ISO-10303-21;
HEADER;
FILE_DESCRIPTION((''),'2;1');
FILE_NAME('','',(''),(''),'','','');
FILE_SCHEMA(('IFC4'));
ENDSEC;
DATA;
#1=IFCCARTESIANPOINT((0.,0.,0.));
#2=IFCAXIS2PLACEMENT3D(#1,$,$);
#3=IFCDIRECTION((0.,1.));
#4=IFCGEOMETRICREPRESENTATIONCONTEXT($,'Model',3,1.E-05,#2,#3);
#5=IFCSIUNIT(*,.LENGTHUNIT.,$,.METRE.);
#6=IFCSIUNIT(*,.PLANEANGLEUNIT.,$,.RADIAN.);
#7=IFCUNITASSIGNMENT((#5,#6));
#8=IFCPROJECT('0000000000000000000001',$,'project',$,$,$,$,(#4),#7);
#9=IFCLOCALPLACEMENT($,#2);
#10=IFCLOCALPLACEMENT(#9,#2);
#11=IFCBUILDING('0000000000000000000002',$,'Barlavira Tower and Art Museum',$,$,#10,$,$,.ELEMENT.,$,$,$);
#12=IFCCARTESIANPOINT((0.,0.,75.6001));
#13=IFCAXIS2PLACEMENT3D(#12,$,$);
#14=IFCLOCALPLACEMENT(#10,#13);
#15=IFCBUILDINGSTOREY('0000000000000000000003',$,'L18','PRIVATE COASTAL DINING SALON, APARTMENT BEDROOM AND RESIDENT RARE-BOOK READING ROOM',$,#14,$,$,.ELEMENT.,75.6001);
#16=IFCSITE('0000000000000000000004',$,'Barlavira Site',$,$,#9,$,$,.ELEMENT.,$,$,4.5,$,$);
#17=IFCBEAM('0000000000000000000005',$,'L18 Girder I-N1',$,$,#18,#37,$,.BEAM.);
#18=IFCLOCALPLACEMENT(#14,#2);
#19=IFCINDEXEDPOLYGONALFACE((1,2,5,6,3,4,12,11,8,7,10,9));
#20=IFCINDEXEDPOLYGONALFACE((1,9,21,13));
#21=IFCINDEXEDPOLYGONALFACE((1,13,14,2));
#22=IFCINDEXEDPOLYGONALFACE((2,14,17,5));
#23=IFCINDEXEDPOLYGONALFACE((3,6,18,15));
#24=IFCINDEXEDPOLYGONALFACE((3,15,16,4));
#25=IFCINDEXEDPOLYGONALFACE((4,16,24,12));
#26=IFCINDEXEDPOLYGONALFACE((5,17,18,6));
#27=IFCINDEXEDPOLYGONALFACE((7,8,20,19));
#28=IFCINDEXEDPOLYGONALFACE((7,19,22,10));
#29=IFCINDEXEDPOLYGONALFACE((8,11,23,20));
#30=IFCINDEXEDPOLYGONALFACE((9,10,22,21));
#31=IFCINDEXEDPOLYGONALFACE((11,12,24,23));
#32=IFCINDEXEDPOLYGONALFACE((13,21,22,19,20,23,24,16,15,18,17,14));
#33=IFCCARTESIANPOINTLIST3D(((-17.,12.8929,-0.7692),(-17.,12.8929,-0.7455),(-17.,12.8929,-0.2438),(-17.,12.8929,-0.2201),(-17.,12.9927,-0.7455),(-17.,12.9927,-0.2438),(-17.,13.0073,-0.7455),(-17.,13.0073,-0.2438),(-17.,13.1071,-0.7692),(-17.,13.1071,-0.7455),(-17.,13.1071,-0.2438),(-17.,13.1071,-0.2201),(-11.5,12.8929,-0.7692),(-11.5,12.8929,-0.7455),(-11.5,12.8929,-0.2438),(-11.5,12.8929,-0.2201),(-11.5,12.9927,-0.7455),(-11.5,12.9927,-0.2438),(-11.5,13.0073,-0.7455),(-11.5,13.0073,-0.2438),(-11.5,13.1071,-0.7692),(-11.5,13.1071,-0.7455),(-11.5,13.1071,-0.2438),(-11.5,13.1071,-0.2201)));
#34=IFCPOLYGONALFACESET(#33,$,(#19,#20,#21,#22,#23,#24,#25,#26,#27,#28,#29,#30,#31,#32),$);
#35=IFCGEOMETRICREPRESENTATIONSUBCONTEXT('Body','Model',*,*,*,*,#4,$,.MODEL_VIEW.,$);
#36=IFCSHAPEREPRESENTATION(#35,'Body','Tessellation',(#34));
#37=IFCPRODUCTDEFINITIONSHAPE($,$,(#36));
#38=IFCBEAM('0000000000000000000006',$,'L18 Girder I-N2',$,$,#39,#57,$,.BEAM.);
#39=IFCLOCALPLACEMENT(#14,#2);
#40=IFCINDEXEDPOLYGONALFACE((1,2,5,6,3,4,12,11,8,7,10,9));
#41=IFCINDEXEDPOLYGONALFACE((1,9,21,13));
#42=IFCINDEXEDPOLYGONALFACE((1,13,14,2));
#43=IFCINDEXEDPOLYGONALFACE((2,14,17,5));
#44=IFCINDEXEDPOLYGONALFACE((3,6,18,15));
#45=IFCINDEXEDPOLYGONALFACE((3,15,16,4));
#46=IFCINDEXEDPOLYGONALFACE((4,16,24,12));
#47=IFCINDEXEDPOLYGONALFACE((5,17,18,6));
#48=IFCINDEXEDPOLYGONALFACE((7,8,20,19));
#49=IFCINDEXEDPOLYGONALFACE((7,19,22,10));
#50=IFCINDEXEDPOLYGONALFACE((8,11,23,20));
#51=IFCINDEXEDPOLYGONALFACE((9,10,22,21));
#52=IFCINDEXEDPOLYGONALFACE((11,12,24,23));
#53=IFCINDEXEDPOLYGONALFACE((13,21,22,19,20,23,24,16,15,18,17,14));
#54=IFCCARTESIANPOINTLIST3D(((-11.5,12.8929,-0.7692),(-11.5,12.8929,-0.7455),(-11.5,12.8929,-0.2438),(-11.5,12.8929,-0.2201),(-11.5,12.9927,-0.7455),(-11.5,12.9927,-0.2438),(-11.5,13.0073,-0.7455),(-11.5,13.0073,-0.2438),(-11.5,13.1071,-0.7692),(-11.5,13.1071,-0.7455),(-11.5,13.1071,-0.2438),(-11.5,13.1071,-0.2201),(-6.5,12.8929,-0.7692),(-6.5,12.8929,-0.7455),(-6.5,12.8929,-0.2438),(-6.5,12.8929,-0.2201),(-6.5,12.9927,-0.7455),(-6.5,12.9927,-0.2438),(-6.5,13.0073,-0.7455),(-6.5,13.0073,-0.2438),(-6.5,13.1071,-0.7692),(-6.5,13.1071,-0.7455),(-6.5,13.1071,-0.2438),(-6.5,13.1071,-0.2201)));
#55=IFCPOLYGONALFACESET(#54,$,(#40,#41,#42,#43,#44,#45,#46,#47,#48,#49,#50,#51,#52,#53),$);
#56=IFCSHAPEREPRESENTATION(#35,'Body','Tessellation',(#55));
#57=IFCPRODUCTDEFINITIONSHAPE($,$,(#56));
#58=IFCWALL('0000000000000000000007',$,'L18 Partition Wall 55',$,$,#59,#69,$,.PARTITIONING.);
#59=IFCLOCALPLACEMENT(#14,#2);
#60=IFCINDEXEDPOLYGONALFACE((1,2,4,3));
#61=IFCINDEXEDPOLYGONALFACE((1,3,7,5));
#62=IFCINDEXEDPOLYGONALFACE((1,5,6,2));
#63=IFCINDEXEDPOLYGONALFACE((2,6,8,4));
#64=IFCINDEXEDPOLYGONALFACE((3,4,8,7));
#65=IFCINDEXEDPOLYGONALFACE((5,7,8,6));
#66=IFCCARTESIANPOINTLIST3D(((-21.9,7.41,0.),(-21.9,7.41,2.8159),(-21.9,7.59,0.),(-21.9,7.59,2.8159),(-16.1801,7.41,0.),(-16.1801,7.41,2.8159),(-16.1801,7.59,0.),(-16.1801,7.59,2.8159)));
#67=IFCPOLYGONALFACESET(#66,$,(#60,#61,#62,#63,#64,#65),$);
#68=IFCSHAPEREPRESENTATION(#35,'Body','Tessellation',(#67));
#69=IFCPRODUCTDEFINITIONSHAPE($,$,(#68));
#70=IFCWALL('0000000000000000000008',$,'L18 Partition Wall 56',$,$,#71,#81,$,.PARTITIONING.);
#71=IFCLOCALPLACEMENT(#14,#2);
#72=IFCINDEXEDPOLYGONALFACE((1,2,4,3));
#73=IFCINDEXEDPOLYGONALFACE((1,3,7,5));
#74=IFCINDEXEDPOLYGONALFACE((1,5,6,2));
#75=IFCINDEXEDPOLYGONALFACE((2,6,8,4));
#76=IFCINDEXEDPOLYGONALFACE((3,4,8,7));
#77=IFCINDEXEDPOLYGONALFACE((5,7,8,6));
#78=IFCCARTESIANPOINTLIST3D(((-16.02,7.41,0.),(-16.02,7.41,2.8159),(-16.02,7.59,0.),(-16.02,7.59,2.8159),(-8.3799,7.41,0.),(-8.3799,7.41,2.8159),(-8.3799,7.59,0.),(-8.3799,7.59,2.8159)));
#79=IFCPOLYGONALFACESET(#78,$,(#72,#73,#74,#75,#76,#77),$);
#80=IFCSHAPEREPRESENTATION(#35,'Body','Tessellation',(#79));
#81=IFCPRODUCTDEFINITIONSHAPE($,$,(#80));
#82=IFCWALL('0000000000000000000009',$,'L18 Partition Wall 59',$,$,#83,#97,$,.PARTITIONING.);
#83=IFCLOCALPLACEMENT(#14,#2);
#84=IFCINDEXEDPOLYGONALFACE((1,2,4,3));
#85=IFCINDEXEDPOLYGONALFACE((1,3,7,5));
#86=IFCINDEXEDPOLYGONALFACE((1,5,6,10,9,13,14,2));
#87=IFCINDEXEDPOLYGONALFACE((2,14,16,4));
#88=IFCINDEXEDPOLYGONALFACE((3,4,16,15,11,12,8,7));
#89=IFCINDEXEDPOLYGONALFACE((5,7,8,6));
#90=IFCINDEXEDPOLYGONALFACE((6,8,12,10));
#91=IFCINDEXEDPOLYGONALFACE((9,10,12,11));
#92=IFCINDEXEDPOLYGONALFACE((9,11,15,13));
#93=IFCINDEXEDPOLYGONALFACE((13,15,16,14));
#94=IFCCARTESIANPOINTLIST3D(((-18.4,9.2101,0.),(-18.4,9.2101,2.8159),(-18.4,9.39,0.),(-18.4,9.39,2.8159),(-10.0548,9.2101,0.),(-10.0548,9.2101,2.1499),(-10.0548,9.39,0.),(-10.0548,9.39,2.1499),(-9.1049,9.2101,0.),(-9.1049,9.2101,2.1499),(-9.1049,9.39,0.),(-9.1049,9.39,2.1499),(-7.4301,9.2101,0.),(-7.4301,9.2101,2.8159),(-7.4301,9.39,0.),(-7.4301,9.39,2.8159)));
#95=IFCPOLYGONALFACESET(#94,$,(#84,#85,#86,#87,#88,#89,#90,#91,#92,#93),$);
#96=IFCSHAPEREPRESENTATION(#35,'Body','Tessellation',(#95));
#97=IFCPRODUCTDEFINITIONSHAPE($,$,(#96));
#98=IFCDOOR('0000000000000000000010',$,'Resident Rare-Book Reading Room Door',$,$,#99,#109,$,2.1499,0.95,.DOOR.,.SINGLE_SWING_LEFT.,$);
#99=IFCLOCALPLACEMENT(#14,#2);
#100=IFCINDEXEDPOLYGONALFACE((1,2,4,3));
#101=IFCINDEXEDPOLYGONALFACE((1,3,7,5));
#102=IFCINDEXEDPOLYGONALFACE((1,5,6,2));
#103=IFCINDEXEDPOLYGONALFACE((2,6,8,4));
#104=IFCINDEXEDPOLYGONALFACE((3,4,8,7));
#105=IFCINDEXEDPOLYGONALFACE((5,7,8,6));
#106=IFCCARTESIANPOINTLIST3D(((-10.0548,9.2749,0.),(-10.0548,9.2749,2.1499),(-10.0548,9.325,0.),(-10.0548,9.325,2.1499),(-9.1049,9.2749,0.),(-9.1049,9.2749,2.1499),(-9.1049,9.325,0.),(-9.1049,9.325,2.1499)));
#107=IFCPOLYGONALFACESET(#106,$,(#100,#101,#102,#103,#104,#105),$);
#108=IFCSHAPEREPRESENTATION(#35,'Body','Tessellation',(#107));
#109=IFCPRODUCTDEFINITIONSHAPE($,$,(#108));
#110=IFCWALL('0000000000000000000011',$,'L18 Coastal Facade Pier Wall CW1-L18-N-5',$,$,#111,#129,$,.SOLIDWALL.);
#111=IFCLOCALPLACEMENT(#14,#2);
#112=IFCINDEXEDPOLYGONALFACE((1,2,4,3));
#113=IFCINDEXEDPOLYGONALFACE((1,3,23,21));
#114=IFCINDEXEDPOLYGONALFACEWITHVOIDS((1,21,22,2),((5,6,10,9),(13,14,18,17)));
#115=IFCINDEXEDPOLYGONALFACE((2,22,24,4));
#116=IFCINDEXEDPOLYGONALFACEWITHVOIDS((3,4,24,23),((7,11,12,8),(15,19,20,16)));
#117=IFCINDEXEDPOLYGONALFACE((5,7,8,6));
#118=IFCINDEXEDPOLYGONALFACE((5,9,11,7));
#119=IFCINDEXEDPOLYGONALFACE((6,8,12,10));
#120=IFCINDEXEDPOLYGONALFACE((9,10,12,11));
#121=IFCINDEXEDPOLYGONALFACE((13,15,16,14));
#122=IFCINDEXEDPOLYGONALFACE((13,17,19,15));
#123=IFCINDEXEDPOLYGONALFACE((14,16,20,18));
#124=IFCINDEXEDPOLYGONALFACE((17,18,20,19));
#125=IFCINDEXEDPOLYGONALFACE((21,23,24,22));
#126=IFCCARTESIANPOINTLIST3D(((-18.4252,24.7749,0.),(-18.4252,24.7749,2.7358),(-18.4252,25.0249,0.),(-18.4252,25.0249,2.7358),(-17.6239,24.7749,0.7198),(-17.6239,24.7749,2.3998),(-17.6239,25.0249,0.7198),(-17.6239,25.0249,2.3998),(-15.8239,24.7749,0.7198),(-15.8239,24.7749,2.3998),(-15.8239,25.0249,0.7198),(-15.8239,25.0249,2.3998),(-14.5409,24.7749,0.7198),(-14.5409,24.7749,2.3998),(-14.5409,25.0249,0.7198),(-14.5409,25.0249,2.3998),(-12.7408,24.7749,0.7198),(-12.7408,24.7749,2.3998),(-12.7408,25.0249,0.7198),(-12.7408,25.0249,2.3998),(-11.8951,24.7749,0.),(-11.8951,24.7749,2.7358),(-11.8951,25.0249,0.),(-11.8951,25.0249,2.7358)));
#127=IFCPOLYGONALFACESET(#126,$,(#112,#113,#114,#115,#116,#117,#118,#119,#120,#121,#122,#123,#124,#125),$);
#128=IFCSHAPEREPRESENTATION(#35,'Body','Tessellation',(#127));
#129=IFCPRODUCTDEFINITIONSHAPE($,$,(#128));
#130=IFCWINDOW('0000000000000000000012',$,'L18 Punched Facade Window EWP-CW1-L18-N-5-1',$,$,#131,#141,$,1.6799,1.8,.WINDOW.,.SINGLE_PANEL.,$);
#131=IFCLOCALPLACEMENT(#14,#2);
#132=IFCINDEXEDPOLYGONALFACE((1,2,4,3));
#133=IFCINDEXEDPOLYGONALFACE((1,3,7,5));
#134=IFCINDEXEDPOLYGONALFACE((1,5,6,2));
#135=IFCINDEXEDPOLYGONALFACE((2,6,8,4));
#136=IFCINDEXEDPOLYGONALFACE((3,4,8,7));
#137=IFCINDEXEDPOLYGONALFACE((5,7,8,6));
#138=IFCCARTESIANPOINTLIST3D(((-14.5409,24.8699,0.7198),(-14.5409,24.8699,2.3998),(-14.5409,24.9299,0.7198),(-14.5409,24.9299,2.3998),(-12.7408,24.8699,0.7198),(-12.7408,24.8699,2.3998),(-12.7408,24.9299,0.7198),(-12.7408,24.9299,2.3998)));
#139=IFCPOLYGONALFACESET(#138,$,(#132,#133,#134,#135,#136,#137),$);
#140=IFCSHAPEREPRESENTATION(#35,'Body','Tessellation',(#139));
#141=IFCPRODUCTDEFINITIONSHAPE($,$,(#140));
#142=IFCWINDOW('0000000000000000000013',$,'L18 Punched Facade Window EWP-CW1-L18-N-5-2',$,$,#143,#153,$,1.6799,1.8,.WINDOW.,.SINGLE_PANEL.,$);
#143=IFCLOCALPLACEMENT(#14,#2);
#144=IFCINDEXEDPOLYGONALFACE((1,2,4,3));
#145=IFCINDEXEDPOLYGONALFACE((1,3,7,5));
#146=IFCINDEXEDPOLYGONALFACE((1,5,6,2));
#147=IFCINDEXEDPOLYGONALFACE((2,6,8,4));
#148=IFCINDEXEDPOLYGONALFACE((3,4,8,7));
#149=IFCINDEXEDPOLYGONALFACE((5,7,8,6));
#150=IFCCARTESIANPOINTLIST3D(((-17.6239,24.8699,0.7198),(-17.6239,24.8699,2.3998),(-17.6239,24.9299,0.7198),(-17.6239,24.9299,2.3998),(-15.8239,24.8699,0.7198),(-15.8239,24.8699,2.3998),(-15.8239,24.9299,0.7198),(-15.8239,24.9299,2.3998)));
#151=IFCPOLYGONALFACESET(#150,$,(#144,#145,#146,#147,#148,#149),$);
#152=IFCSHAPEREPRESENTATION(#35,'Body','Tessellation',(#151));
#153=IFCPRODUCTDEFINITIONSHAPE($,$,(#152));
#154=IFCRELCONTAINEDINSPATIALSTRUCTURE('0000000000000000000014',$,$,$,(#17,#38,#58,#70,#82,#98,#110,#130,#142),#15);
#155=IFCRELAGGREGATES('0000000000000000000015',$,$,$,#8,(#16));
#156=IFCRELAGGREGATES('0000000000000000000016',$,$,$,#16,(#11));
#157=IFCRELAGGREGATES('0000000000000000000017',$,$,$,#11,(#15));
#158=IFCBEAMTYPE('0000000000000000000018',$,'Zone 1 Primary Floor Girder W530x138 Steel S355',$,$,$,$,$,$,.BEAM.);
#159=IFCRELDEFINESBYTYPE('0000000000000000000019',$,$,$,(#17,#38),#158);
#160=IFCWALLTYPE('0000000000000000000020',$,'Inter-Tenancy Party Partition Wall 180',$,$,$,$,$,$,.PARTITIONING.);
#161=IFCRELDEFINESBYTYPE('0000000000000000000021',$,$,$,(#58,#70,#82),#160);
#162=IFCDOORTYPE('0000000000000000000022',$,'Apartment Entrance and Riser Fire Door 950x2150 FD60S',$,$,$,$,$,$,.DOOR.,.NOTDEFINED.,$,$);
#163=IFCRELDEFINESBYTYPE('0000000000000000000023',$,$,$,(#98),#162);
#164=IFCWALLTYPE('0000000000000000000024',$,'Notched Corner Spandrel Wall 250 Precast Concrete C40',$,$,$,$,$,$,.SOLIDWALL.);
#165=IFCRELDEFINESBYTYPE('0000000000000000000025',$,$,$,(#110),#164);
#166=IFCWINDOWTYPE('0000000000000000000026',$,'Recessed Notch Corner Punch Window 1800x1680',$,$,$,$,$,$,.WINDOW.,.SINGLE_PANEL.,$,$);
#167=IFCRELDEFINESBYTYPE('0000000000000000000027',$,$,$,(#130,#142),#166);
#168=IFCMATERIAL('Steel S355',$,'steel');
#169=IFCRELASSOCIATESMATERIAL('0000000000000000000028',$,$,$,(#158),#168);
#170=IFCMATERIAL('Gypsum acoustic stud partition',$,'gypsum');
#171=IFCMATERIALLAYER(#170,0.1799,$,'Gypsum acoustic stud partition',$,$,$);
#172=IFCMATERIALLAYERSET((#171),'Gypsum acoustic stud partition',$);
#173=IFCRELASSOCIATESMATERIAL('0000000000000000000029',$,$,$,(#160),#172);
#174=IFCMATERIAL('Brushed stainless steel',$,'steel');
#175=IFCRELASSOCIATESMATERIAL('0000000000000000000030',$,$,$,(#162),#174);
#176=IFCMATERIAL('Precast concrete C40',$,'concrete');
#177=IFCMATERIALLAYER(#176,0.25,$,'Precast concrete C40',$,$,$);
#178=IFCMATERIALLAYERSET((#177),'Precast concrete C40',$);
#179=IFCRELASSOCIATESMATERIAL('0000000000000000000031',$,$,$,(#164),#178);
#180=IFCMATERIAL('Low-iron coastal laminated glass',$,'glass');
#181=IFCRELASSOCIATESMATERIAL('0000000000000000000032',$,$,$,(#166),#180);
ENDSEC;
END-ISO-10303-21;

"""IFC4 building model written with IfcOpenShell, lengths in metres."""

from ifc_helpers import new_model, si_unit, direction, frame, frame_2d, origin, origin_2d, place, context, subcontext, project, spatial, rectangle, i_section, extrude, material, layer, layer_set, material_profile, profile_set, type_object, element, fill, save


model = new_model("IFC4")

# Units and contexts
model_context = context("Model", 3, precision=1e-05, world=origin(), true_north=direction((0.0, 1.0)))
body_context = subcontext(model_context, "Body", "Model", "MODEL_VIEW")
ifc_project = project(units=[si_unit("LENGTHUNIT", "METRE"), si_unit("PLANEANGLEUNIT", "RADIAN")], contexts=[model_context])

# Site, building, storey
site_placement = place(None, origin())
site = spatial("IfcSite", under=ifc_project, at=site_placement, Name="Barlavira Site", CompositionType="ELEMENT", RefElevation=4.5)
building_placement = place(site_placement, origin())
building = spatial("IfcBuilding", under=site, at=building_placement, Name="Barlavira Tower and Art Museum", CompositionType="ELEMENT")
storey_placement = place(building_placement, frame((0.0, 0.0, 75.6001)))
storey = spatial("IfcBuildingStorey", under=building, at=storey_placement, Name="L18", Description="PRIVATE COASTAL DINING SALON, APARTMENT BEDROOM AND RESIDENT RARE-BOOK READING ROOM", CompositionType="ELEMENT", Elevation=75.6001)

# Beams
ifc_material_1 = material(Name="Steel S355", Category="steel")
ifc_material_profile_1 = material_profile(ifc_material_1, i_section(OverallWidth=0.2141, OverallDepth=0.5491, WebThickness=0.0146, FlangeThickness=0.0237, at=origin_2d()), Name="W530x138.0")
ifc_profile_set_1 = profile_set([ifc_material_profile_1], Name="Steel S355")
beam_type_1 = type_object("IfcBeamType", Name="Zone 1 Primary Floor Girder W530x138 Steel S355", PredefinedType="BEAM", material=ifc_profile_set_1)
beam_1_placement = place(storey_placement, frame((-17.0, 13.0, -0.4946), z_axis=(1.0, 0.0, 0.0), x_axis=(0.0, 1.0, 0.0)))
element("IfcBeam", 1, at=beam_1_placement, inside=storey, type_object=beam_type_1, Name="L18 Girder I-N1", PredefinedType="BEAM", context=body_context, shape_type="SweptSolid", body=[
    extrude(i_section(OverallWidth=0.2141, OverallDepth=0.5491, WebThickness=0.0146, FlangeThickness=0.0237, at=origin_2d()), origin(), (0.0, 0.0, 1.0), 5.5),
])
beam_2_placement = place(storey_placement, frame((-11.5, 13.0, -0.4946), z_axis=(1.0, 0.0, 0.0), x_axis=(0.0, 1.0, 0.0)))
element("IfcBeam", 2, at=beam_2_placement, inside=storey, type_object=beam_type_1, Name="L18 Girder I-N2", PredefinedType="BEAM", context=body_context, shape_type="SweptSolid", body=[
    extrude(i_section(OverallWidth=0.2141, OverallDepth=0.5491, WebThickness=0.0146, FlangeThickness=0.0237, at=origin_2d()), origin(), (0.0, 0.0, 1.0), 5.0),
])

# Walls
ifc_material_2 = material(Name="Gypsum acoustic stud partition", Category="gypsum")
ifc_layer_1 = layer(ifc_material_2, 0.1799, Name="Gypsum acoustic stud partition")
ifc_layer_set_1 = layer_set([ifc_layer_1], Name="Gypsum acoustic stud partition")
wall_type_1 = type_object("IfcWallType", Name="Inter-Tenancy Party Partition Wall 180", PredefinedType="PARTITIONING", material=ifc_layer_set_1)
wall_1_placement = place(storey_placement, frame((-21.8999, 7.5, 0.0), z_axis=(0.0, 0.0, 1.0), x_axis=(1.0, 0.0, 0.0)))
element("IfcWall", 3, at=wall_1_placement, inside=storey, type_object=wall_type_1, Name="L18 Partition Wall 55", PredefinedType="PARTITIONING", context=body_context, shape_type="SweptSolid", body=[
    extrude(rectangle(XDim=5.72, YDim=0.1799, at=frame_2d((2.8599, 0.0))), origin(), (0.0, 0.0, 1.0), 2.8159),
])
wall_2_placement = place(storey_placement, frame((-16.02, 7.5, 0.0), z_axis=(0.0, 0.0, 1.0), x_axis=(1.0, 0.0, 0.0)))
element("IfcWall", 4, at=wall_2_placement, inside=storey, type_object=wall_type_1, Name="L18 Partition Wall 56", PredefinedType="PARTITIONING", context=body_context, shape_type="SweptSolid", body=[
    extrude(rectangle(XDim=7.6401, YDim=0.1799, at=frame_2d((3.8201, 0.0))), origin(), (0.0, 0.0, 1.0), 2.8159),
])

# Wall, opening, door
wall_3_placement = place(storey_placement, frame((-18.3999, 9.3, 0.0), z_axis=(0.0, 0.0, 1.0), x_axis=(1.0, 0.0, 0.0)))
wall_3 = element("IfcWall", 5, at=wall_3_placement, inside=storey, type_object=wall_type_1, Name="L18 Partition Wall 59", PredefinedType="PARTITIONING", context=body_context, shape_type="SweptSolid", body=[
    extrude(rectangle(XDim=10.97, YDim=0.1799, at=frame_2d((5.4849, 0.0))), origin(), (0.0, 0.0, 1.0), 2.8159),
])
opening_1_placement = place(wall_3_placement, frame((8.345, 0.0, 0.0)))
opening_1 = element("IfcOpeningElement", 6, at=opening_1_placement, cuts=wall_3, PredefinedType="OPENING", context=body_context, shape_type="SweptSolid", body=[
    extrude(rectangle(XDim=0.95, YDim=2.1499, at=frame_2d((0.4751, 1.075))), frame((0.0, 0.1001, 0.0), z_axis=(0.0, -1.0, 0.0), x_axis=(1.0, 0.0, 0.0)), (0.0, 0.0, 1.0), 0.2),
])
ifc_material_3 = material(Name="Brushed stainless steel", Category="steel")
door_type = type_object("IfcDoorType", Name="Apartment Entrance and Riser Fire Door 950x2150 FD60S", OperationType="NOTDEFINED", PredefinedType="DOOR", material=ifc_material_3)
door_placement = place(opening_1_placement, origin())
door = element("IfcDoor", 7, at=door_placement, inside=storey, type_object=door_type, Name="Resident Rare-Book Reading Room Door", OperationType="SINGLE_SWING_LEFT", OverallHeight=2.1499, OverallWidth=0.95, PredefinedType="DOOR", context=body_context, shape_type="SweptSolid", body=[
    extrude(rectangle(XDim=0.95, YDim=2.1499, at=frame_2d((0.4751, 1.075))), frame((0.0, 0.0249, 0.0), z_axis=(0.0, -1.0, 0.0), x_axis=(1.0, 0.0, 0.0)), (0.0, 0.0, 1.0), 0.05),
])
fill(opening_1, door)

# Wall, openings, windows
ifc_material_4 = material(Name="Precast concrete C40", Category="concrete")
ifc_layer_2 = layer(ifc_material_4, 0.25, Name="Precast concrete C40")
ifc_layer_set_2 = layer_set([ifc_layer_2], Name="Precast concrete C40")
wall_type_2 = type_object("IfcWallType", Name="Notched Corner Spandrel Wall 250 Precast Concrete C40", PredefinedType="SOLIDWALL", material=ifc_layer_set_2)
wall_4_placement = place(storey_placement, frame((-11.895, 24.8999, 0.0), z_axis=(0.0, 0.0, 1.0), x_axis=(-1.0, 0.0, 0.0)))
wall_4 = element("IfcWall", 8, at=wall_4_placement, inside=storey, type_object=wall_type_2, Name="L18 Coastal Facade Pier Wall CW1-L18-N-5", PredefinedType="SOLIDWALL", context=body_context, shape_type="SweptSolid", body=[
    extrude(rectangle(XDim=6.53, YDim=0.25, at=frame_2d((3.2651, 0.0))), origin(), (0.0, 0.0, 1.0), 2.7358),
])
opening_2_placement = place(wall_4_placement, frame((0.8459, 0.0, 0.72)))
opening_2 = element("IfcOpeningElement", 9, at=opening_2_placement, cuts=wall_4, PredefinedType="OPENING", context=body_context, shape_type="SweptSolid", body=[
    extrude(rectangle(XDim=1.8, YDim=1.6799, at=frame_2d((0.8999, 0.8398))), frame((0.0, 0.135, 0.0), z_axis=(0.0, -1.0, 0.0), x_axis=(1.0, 0.0, 0.0)), (0.0, 0.0, 1.0), 0.27),
])
opening_3_placement = place(wall_4_placement, frame((3.929, 0.0, 0.72)))
opening_3 = element("IfcOpeningElement", 10, at=opening_3_placement, cuts=wall_4, PredefinedType="OPENING", context=body_context, shape_type="SweptSolid", body=[
    extrude(rectangle(XDim=1.8, YDim=1.6799, at=frame_2d((0.8999, 0.8398))), frame((0.0, 0.135, 0.0), z_axis=(0.0, -1.0, 0.0), x_axis=(1.0, 0.0, 0.0)), (0.0, 0.0, 1.0), 0.27),
])
ifc_material_5 = material(Name="Low-iron coastal laminated glass", Category="glass")
window_type = type_object("IfcWindowType", Name="Recessed Notch Corner Punch Window 1800x1680", PartitioningType="SINGLE_PANEL", PredefinedType="WINDOW", material=ifc_material_5)
window_1_placement = place(opening_2_placement, origin())
window_1 = element("IfcWindow", 11, at=window_1_placement, inside=storey, type_object=window_type, Name="L18 Punched Facade Window EWP-CW1-L18-N-5-1", OverallHeight=1.6799, OverallWidth=1.8, PartitioningType="SINGLE_PANEL", PredefinedType="WINDOW", context=body_context, shape_type="SweptSolid", body=[
    extrude(rectangle(XDim=1.8, YDim=1.6799, at=frame_2d((0.8999, 0.8398))), frame((0.0, 0.03, 0.0), z_axis=(0.0, -1.0, 0.0), x_axis=(1.0, 0.0, 0.0)), (0.0, 0.0, 1.0), 0.0601),
])
fill(opening_2, window_1)
window_2_placement = place(opening_3_placement, origin())
window_2 = element("IfcWindow", 12, at=window_2_placement, inside=storey, type_object=window_type, Name="L18 Punched Facade Window EWP-CW1-L18-N-5-2", OverallHeight=1.6799, OverallWidth=1.8, PartitioningType="SINGLE_PANEL", PredefinedType="WINDOW", context=body_context, shape_type="SweptSolid", body=[
    extrude(rectangle(XDim=1.8, YDim=1.6799, at=frame_2d((0.8999, 0.8398))), frame((0.0, 0.03, 0.0), z_axis=(0.0, -1.0, 0.0), x_axis=(1.0, 0.0, 0.0)), (0.0, 0.0, 1.0), 0.0601),
])
fill(opening_3, window_2)

save(model, "model.ifc")
